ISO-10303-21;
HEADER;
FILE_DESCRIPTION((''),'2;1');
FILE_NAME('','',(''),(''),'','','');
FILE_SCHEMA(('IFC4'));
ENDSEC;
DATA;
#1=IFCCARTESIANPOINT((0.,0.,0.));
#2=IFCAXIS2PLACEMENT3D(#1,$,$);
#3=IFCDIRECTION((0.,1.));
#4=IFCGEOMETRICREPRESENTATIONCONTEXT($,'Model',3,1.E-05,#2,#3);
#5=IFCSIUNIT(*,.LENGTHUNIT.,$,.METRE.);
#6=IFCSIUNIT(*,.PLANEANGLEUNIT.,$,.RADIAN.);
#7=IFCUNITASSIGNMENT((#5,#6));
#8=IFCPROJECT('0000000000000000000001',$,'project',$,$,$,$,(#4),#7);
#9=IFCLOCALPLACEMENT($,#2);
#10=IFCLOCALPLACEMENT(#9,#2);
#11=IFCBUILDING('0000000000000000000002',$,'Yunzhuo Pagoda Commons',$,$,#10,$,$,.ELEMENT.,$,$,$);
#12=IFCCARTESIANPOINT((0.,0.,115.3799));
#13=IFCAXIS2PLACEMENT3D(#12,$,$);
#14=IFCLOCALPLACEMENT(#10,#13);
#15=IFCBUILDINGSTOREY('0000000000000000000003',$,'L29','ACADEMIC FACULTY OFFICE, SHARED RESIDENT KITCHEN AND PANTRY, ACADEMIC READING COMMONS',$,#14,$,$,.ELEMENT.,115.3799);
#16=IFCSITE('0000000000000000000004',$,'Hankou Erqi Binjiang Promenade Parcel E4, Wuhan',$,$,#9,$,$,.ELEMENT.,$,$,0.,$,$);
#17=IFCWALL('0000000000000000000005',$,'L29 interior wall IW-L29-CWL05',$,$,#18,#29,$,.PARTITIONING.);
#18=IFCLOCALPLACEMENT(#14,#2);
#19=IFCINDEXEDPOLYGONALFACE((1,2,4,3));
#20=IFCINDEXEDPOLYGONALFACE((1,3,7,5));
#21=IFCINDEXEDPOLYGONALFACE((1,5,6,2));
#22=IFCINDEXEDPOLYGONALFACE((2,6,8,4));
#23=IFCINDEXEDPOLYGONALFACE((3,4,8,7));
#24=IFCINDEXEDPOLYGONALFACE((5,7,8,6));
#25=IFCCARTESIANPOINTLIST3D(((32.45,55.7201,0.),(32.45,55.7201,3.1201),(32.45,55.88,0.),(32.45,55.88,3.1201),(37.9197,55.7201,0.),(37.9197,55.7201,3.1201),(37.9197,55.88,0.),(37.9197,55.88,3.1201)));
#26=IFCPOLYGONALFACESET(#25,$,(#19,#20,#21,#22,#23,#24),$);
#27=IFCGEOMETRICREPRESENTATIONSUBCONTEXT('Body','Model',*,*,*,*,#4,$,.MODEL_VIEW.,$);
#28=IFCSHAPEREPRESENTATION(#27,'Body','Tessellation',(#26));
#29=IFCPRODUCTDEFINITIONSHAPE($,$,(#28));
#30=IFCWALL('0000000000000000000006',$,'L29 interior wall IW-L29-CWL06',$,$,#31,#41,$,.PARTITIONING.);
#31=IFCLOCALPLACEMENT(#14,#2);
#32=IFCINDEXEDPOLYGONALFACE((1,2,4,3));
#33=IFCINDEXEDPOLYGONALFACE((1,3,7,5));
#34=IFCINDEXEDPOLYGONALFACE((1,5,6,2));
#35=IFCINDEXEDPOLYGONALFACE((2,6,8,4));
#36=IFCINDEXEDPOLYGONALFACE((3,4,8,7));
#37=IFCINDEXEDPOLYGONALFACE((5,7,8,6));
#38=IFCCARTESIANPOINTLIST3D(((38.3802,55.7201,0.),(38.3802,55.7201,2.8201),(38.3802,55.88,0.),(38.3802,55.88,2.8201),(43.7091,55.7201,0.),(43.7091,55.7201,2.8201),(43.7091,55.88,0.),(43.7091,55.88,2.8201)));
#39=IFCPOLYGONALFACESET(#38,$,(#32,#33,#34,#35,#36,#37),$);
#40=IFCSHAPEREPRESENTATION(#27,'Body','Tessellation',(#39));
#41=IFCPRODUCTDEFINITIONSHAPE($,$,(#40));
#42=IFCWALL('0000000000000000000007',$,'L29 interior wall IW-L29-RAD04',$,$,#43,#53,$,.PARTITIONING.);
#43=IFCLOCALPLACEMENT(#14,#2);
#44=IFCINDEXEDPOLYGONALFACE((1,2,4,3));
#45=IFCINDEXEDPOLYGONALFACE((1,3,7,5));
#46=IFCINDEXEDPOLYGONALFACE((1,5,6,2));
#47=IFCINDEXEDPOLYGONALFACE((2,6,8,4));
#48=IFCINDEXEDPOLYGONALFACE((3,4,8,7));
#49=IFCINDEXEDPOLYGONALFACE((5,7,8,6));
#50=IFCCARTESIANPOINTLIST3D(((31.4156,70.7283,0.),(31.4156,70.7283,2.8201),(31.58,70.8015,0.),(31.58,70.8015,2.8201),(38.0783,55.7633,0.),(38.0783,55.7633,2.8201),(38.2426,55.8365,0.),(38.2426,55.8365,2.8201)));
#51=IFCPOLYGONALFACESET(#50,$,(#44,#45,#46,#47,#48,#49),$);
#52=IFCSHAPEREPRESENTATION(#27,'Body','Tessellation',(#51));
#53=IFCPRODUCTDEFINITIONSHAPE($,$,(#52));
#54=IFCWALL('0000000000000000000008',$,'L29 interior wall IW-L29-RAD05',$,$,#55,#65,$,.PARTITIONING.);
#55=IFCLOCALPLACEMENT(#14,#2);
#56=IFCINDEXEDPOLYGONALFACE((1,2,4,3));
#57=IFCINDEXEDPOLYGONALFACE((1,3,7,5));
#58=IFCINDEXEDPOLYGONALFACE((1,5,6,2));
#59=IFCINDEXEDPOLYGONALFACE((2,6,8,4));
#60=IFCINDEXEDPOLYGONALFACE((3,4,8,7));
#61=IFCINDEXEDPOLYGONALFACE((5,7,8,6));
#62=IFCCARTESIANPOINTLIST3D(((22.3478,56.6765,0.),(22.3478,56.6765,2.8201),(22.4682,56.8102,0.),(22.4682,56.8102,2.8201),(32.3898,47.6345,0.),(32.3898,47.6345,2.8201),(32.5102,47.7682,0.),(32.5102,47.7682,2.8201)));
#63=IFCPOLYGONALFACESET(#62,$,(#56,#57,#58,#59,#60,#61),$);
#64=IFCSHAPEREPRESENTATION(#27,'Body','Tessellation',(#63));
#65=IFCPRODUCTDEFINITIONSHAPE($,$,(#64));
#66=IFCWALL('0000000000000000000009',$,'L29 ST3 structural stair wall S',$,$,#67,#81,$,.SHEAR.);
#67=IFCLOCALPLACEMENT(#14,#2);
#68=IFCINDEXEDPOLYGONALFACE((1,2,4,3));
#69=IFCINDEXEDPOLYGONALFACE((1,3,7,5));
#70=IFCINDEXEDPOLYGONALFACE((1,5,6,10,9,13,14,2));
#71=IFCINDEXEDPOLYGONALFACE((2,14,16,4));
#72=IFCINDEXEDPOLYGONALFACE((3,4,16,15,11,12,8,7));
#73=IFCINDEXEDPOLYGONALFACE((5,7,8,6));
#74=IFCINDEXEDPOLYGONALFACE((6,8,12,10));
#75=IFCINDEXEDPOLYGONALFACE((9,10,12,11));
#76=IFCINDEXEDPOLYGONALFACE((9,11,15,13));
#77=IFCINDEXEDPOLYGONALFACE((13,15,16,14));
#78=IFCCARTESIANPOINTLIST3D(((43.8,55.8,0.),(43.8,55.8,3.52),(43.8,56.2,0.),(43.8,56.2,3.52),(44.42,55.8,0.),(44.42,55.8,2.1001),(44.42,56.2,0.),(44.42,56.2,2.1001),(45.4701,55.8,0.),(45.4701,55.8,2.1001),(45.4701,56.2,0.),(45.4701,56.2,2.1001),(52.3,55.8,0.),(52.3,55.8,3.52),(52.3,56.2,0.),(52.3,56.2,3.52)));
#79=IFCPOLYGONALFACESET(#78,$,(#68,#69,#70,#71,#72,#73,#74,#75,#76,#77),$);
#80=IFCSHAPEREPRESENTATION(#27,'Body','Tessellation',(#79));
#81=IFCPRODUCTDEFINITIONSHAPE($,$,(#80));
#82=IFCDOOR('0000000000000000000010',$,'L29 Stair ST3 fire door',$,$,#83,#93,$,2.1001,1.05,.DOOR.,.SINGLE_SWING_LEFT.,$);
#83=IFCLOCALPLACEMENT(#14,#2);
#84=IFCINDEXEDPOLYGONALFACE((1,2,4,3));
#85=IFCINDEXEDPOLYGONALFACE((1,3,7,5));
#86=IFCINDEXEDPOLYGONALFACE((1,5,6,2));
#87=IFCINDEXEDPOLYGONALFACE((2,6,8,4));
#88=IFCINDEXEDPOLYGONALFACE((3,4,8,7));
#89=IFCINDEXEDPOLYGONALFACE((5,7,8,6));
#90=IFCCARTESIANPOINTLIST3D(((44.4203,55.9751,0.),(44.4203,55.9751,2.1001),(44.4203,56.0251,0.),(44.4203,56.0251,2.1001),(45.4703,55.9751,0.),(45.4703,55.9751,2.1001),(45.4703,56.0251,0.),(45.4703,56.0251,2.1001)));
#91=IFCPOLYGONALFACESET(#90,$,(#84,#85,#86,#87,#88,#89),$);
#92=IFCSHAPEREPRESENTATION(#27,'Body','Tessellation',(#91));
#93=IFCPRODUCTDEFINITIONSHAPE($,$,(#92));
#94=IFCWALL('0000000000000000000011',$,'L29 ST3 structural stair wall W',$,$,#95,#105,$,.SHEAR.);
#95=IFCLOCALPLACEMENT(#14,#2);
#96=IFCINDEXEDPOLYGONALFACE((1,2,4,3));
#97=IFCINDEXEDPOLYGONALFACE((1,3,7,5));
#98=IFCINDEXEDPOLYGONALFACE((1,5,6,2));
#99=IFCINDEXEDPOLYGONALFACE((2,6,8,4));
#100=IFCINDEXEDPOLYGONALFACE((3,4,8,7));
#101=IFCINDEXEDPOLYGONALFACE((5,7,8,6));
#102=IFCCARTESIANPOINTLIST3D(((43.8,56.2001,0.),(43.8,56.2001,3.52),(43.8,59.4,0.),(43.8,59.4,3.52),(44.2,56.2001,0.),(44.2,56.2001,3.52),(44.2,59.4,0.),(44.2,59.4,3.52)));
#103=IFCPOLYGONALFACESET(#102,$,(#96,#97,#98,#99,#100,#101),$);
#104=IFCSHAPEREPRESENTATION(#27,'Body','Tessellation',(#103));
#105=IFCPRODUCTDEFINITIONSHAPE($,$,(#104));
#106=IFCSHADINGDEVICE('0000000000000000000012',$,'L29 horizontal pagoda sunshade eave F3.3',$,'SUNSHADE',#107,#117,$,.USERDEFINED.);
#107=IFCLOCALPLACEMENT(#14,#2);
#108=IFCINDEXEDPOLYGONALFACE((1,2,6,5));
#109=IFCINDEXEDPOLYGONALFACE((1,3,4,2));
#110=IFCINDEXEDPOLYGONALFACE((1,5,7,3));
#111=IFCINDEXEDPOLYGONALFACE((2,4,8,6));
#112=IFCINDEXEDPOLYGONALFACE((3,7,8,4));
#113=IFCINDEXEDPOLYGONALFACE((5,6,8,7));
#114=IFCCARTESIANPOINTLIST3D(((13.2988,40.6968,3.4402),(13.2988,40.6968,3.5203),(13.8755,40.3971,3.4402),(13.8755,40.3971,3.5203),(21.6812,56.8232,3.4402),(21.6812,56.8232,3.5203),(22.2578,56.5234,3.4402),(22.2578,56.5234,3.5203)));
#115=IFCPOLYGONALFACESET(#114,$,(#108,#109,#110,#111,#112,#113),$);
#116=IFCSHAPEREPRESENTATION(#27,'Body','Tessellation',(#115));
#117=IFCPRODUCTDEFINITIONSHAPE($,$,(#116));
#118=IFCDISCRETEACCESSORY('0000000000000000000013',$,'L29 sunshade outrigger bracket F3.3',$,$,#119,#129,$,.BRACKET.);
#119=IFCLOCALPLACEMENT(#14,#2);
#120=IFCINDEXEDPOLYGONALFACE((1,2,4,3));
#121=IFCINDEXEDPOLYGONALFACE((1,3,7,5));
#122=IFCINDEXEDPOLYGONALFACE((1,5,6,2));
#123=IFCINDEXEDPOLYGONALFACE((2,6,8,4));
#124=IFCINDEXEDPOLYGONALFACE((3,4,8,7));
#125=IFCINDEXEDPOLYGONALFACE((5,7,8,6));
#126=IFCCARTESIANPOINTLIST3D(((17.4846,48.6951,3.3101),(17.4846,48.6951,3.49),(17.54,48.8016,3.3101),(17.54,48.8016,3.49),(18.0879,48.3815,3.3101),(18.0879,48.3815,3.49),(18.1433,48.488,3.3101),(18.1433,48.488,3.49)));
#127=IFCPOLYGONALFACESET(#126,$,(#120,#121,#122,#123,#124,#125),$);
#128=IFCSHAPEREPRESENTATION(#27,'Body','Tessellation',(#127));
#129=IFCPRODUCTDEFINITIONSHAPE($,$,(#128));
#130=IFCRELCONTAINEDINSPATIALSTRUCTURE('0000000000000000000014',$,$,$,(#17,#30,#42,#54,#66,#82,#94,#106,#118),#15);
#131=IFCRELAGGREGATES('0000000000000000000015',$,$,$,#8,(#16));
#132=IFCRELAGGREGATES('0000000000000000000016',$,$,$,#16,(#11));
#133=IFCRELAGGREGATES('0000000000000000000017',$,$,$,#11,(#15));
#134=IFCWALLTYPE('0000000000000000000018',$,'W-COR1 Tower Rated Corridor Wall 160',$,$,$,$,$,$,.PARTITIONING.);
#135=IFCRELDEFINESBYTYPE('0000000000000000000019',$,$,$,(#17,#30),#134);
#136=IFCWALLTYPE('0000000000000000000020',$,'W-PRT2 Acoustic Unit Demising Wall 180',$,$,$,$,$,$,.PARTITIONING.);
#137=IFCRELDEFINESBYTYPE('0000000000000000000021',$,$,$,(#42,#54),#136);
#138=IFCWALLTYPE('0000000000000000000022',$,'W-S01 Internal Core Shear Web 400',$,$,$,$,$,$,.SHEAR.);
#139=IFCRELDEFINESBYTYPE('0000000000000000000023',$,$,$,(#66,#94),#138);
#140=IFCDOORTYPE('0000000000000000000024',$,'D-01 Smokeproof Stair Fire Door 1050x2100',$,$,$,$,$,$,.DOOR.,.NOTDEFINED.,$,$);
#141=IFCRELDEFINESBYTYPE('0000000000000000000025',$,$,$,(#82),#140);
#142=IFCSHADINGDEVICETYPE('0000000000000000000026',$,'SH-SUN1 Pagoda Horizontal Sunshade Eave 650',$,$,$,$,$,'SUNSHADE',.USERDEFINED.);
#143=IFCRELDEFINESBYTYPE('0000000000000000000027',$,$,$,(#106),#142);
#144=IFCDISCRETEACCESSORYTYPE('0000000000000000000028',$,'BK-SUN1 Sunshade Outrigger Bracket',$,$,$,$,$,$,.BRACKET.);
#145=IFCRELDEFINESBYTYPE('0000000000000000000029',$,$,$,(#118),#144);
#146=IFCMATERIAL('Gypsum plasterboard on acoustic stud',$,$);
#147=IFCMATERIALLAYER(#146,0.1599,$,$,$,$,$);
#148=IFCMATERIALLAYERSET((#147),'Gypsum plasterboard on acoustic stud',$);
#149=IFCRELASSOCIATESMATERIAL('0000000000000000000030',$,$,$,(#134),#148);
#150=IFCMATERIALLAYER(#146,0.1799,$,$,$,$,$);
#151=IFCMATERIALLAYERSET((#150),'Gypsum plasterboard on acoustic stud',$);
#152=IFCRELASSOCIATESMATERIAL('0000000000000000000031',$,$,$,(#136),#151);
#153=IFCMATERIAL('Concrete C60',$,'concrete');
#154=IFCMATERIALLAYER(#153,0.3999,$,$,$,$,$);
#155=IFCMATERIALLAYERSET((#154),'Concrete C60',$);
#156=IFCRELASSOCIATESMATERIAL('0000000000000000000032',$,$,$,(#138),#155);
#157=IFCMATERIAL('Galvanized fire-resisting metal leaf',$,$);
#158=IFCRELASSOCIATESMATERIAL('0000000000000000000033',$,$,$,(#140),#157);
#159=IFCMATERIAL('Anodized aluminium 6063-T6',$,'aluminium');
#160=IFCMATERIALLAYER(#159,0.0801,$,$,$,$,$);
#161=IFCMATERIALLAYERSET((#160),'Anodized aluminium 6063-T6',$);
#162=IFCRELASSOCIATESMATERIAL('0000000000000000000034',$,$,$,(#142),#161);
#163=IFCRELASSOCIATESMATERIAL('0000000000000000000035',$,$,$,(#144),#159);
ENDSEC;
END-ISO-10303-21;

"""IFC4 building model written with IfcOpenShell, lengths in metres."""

from ifc_helpers import new_model, si_unit, direction, frame, frame_2d, origin, origin_2d, place, context, subcontext, project, spatial, rectangle, extrude, source, transform, mapped, material, layer, layer_set, type_object, element, fill, save


model = new_model("IFC4")

# Units and contexts
model_context = context("Model", 3, precision=1e-05, world=origin(), true_north=direction((0.0, 1.0)))
body_context = subcontext(model_context, "Body", "Model", "MODEL_VIEW")
ifc_project = project(units=[si_unit("LENGTHUNIT", "METRE"), si_unit("PLANEANGLEUNIT", "RADIAN")], contexts=[model_context])

# Site, building, storey
site_placement = place(None, origin())
site = spatial("IfcSite", under=ifc_project, at=site_placement, Name="Hankou Erqi Binjiang Promenade Parcel E4, Wuhan", CompositionType="ELEMENT", RefElevation=0.0)
building_placement = place(site_placement, origin())
building = spatial("IfcBuilding", under=site, at=building_placement, Name="Yunzhuo Pagoda Commons", CompositionType="ELEMENT")
storey_placement = place(building_placement, frame((0.0, 0.0, 115.3799)))
storey = spatial("IfcBuildingStorey", under=building, at=storey_placement, Name="L29", Description="ACADEMIC FACULTY OFFICE, SHARED RESIDENT KITCHEN AND PANTRY, ACADEMIC READING COMMONS", CompositionType="ELEMENT", Elevation=115.3799)

# Shared definitions
ifc_material_1 = material(Name="Anodized aluminium 6063-T6", Category="aluminium")

# Shared definitions
ifc_material_2 = material(Name="Gypsum plasterboard on acoustic stud")
ifc_layer_1 = layer(ifc_material_2, 0.1599)
ifc_layer_set_1 = layer_set([ifc_layer_1], Name="Gypsum plasterboard on acoustic stud")
wall_type_1 = type_object("IfcWallType", Name="W-COR1 Tower Rated Corridor Wall 160", PredefinedType="PARTITIONING", material=ifc_layer_set_1)

# Walls
wall_1_placement = place(storey_placement, frame((32.45, 55.8, 0.0), z_axis=(0.0, 0.0, 1.0), x_axis=(1.0, 0.0, 0.0)))
element("IfcWall", 1, at=wall_1_placement, inside=storey, type_object=wall_type_1, Name="L29 interior wall IW-L29-CWL05", PredefinedType="PARTITIONING", context=body_context, shape_type="SweptSolid", body=[
    extrude(rectangle(XDim=5.4697, YDim=0.1599, at=frame_2d((2.7349, 0.0))), origin(), (0.0, 0.0, 1.0), 3.1201),
])
wall_2_placement = place(storey_placement, frame((38.3801, 55.8, 0.0), z_axis=(0.0, 0.0, 1.0), x_axis=(1.0, 0.0, 0.0)))
element("IfcWall", 2, at=wall_2_placement, inside=storey, type_object=wall_type_1, Name="L29 interior wall IW-L29-CWL06", PredefinedType="PARTITIONING", context=body_context, shape_type="SweptSolid", body=[
    extrude(rectangle(XDim=5.3289, YDim=0.1599, at=frame_2d((2.6646, 0.0))), origin(), (0.0, 0.0, 1.0), 2.8201),
])
ifc_layer_2 = layer(ifc_material_2, 0.1799)
ifc_layer_set_2 = layer_set([ifc_layer_2], Name="Gypsum plasterboard on acoustic stud")
wall_type_2 = type_object("IfcWallType", Name="W-PRT2 Acoustic Unit Demising Wall 180", PredefinedType="PARTITIONING", material=ifc_layer_set_2)
wall_3_placement = place(storey_placement, frame((38.1604, 55.8, 0.0), z_axis=(0.0, 0.0, 1.0), x_axis=(-0.406727, 0.91355, 0.0)))
element("IfcWall", 3, at=wall_3_placement, inside=storey, type_object=wall_type_2, Name="L29 interior wall IW-L29-RAD04", PredefinedType="PARTITIONING", context=body_context, shape_type="SweptSolid", body=[
    extrude(rectangle(XDim=16.3811, YDim=0.1799, at=frame_2d((8.1904, 0.0))), origin(), (0.0, 0.0, 1.0), 2.8201),
])
wall_4_placement = place(storey_placement, frame((32.45, 47.7014, 0.0), z_axis=(0.0, 0.0, 1.0), x_axis=(-0.74314, 0.669136, 0.0)))
element("IfcWall", 4, at=wall_4_placement, inside=storey, type_object=wall_type_2, Name="L29 interior wall IW-L29-RAD05", PredefinedType="PARTITIONING", context=body_context, shape_type="SweptSolid", body=[
    extrude(rectangle(XDim=13.5129, YDim=0.1799, at=frame_2d((6.7563, 0.0))), origin(), (0.0, 0.0, 1.0), 2.8201),
])

# Wall, opening, door
ifc_material_3 = material(Name="Concrete C60", Category="concrete")
ifc_layer_3 = layer(ifc_material_3, 0.3999)
ifc_layer_set_3 = layer_set([ifc_layer_3], Name="Concrete C60")
wall_type_3 = type_object("IfcWallType", Name="W-S01 Internal Core Shear Web 400", PredefinedType="SHEAR", material=ifc_layer_set_3)
wall_5_placement = place(storey_placement, frame((43.8, 56.0, 0.0), z_axis=(0.0, 0.0, 1.0), x_axis=(1.0, 0.0, 0.0)))
wall_5 = element("IfcWall", 5, at=wall_5_placement, inside=storey, type_object=wall_type_3, Name="L29 ST3 structural stair wall S", PredefinedType="SHEAR", context=body_context, shape_type="SweptSolid", body=[
    extrude(rectangle(XDim=8.5, YDim=0.3999, at=frame_2d((4.25, 0.0))), origin(), (0.0, 0.0, 1.0), 3.52),
])
opening_1_placement = place(wall_5_placement, frame((0.6201, 0.0, 0.0)))
opening_1 = element("IfcOpeningElement", 6, at=opening_1_placement, cuts=wall_5, PredefinedType="OPENING", context=body_context, shape_type="SweptSolid", body=[
    extrude(rectangle(XDim=1.05, YDim=2.1001, at=frame_2d((0.5249, 1.05))), frame((0.0, 0.21, 0.0), z_axis=(0.0, -1.0, 0.0), x_axis=(1.0, 0.0, 0.0)), (0.0, 0.0, 1.0), 0.4199),
])
ifc_material_4 = material(Name="Galvanized fire-resisting metal leaf")
door_type_1 = type_object("IfcDoorType", Name="D-01 Smokeproof Stair Fire Door 1050x2100", OperationType="NOTDEFINED", PredefinedType="DOOR", material=ifc_material_4)
shared_shape_1 = source(origin(), body_context, "Body", "SweptSolid", [
    extrude(rectangle(XDim=1.05, YDim=2.1001, at=frame_2d((0.5249, 1.05))), frame((0.0, 0.0249, 0.0), z_axis=(0.0, -1.0, 0.0), x_axis=(1.0, 0.0, 0.0)), (0.0, 0.0, 1.0), 0.05),
])
door_1_placement = place(opening_1_placement, frame((1.05, 0.0, 0.0), z_axis=(0.0, 0.0, 1.0), x_axis=(-1.0, 0.0, 0.0)))
door_1 = element("IfcDoor", 7, at=door_1_placement, inside=storey, type_object=door_type_1, Name="L29 Stair ST3 fire door", OperationType="SINGLE_SWING_LEFT", OverallHeight=2.1001, OverallWidth=1.05, PredefinedType="DOOR", context=body_context, shape_type="MappedRepresentation", body=[
    mapped(shared_shape_1, transform((0.0, 0.0, 0.0), scale=1.0)),
])
fill(opening_1, door_1)

# Wall
wall_6_placement = place(storey_placement, frame((44.0, 56.2, 0.0), z_axis=(0.0, 0.0, 1.0), x_axis=(0.0, 1.0, 0.0)))
element("IfcWall", 8, at=wall_6_placement, inside=storey, type_object=wall_type_3, Name="L29 ST3 structural stair wall W", PredefinedType="SHEAR", context=body_context, shape_type="SweptSolid", body=[
    extrude(rectangle(XDim=3.2, YDim=0.3999, at=frame_2d((1.6001, 0.0))), origin(), (0.0, 0.0, 1.0), 3.52),
])

# Shading device
ifc_layer_4 = layer(ifc_material_1, 0.0801)
ifc_layer_set_4 = layer_set([ifc_layer_4], Name="Anodized aluminium 6063-T6")
shading_device_type = type_object("IfcShadingDeviceType", Name="SH-SUN1 Pagoda Horizontal Sunshade Eave 650", ElementType="SUNSHADE", PredefinedType="USERDEFINED", material=ifc_layer_set_4)
shared_shape_2 = source(origin(), body_context, "Body", "SweptSolid", [
    extrude(rectangle(XDim=18.1748, YDim=0.6499, at=origin_2d()), origin(), (0.0, 0.0, 1.0), 0.0801),
])
shading_device_placement = place(storey_placement, frame((17.7783, 48.6101, 3.4402), z_axis=(0.0, 0.0, 1.0), x_axis=(-0.461207, -0.887293, 0.0)))
element("IfcShadingDevice", 9, at=shading_device_placement, inside=storey, type_object=shading_device_type, Name="L29 horizontal pagoda sunshade eave F3.3", ObjectType="SUNSHADE", PredefinedType="USERDEFINED", context=body_context, shape_type="MappedRepresentation", body=[
    mapped(shared_shape_2, transform((0.0, 0.0, 0.0), scale=1.0)),
])

# Discrete accessory
discrete_accessory_type = type_object("IfcDiscreteAccessoryType", Name="BK-SUN1 Sunshade Outrigger Bracket", PredefinedType="BRACKET", material=ifc_material_1)
shared_shape_3 = source(origin(), body_context, "Body", "SweptSolid", [
    extrude(rectangle(XDim=0.1201, YDim=0.6799, at=origin_2d()), origin(), (0.0, 0.0, 1.0), 0.1799),
])
discrete_accessory_placement = place(storey_placement, frame((17.814, 48.5916, 3.3101), z_axis=(0.0, 0.0, 1.0), x_axis=(-0.461207, -0.887293, 0.0)))
element("IfcDiscreteAccessory", 10, at=discrete_accessory_placement, inside=storey, type_object=discrete_accessory_type, Name="L29 sunshade outrigger bracket F3.3", PredefinedType="BRACKET", context=body_context, shape_type="MappedRepresentation", body=[
    mapped(shared_shape_3, transform((0.0, 0.0, 0.0), scale=1.0)),
])

save(model, "model.ifc")
